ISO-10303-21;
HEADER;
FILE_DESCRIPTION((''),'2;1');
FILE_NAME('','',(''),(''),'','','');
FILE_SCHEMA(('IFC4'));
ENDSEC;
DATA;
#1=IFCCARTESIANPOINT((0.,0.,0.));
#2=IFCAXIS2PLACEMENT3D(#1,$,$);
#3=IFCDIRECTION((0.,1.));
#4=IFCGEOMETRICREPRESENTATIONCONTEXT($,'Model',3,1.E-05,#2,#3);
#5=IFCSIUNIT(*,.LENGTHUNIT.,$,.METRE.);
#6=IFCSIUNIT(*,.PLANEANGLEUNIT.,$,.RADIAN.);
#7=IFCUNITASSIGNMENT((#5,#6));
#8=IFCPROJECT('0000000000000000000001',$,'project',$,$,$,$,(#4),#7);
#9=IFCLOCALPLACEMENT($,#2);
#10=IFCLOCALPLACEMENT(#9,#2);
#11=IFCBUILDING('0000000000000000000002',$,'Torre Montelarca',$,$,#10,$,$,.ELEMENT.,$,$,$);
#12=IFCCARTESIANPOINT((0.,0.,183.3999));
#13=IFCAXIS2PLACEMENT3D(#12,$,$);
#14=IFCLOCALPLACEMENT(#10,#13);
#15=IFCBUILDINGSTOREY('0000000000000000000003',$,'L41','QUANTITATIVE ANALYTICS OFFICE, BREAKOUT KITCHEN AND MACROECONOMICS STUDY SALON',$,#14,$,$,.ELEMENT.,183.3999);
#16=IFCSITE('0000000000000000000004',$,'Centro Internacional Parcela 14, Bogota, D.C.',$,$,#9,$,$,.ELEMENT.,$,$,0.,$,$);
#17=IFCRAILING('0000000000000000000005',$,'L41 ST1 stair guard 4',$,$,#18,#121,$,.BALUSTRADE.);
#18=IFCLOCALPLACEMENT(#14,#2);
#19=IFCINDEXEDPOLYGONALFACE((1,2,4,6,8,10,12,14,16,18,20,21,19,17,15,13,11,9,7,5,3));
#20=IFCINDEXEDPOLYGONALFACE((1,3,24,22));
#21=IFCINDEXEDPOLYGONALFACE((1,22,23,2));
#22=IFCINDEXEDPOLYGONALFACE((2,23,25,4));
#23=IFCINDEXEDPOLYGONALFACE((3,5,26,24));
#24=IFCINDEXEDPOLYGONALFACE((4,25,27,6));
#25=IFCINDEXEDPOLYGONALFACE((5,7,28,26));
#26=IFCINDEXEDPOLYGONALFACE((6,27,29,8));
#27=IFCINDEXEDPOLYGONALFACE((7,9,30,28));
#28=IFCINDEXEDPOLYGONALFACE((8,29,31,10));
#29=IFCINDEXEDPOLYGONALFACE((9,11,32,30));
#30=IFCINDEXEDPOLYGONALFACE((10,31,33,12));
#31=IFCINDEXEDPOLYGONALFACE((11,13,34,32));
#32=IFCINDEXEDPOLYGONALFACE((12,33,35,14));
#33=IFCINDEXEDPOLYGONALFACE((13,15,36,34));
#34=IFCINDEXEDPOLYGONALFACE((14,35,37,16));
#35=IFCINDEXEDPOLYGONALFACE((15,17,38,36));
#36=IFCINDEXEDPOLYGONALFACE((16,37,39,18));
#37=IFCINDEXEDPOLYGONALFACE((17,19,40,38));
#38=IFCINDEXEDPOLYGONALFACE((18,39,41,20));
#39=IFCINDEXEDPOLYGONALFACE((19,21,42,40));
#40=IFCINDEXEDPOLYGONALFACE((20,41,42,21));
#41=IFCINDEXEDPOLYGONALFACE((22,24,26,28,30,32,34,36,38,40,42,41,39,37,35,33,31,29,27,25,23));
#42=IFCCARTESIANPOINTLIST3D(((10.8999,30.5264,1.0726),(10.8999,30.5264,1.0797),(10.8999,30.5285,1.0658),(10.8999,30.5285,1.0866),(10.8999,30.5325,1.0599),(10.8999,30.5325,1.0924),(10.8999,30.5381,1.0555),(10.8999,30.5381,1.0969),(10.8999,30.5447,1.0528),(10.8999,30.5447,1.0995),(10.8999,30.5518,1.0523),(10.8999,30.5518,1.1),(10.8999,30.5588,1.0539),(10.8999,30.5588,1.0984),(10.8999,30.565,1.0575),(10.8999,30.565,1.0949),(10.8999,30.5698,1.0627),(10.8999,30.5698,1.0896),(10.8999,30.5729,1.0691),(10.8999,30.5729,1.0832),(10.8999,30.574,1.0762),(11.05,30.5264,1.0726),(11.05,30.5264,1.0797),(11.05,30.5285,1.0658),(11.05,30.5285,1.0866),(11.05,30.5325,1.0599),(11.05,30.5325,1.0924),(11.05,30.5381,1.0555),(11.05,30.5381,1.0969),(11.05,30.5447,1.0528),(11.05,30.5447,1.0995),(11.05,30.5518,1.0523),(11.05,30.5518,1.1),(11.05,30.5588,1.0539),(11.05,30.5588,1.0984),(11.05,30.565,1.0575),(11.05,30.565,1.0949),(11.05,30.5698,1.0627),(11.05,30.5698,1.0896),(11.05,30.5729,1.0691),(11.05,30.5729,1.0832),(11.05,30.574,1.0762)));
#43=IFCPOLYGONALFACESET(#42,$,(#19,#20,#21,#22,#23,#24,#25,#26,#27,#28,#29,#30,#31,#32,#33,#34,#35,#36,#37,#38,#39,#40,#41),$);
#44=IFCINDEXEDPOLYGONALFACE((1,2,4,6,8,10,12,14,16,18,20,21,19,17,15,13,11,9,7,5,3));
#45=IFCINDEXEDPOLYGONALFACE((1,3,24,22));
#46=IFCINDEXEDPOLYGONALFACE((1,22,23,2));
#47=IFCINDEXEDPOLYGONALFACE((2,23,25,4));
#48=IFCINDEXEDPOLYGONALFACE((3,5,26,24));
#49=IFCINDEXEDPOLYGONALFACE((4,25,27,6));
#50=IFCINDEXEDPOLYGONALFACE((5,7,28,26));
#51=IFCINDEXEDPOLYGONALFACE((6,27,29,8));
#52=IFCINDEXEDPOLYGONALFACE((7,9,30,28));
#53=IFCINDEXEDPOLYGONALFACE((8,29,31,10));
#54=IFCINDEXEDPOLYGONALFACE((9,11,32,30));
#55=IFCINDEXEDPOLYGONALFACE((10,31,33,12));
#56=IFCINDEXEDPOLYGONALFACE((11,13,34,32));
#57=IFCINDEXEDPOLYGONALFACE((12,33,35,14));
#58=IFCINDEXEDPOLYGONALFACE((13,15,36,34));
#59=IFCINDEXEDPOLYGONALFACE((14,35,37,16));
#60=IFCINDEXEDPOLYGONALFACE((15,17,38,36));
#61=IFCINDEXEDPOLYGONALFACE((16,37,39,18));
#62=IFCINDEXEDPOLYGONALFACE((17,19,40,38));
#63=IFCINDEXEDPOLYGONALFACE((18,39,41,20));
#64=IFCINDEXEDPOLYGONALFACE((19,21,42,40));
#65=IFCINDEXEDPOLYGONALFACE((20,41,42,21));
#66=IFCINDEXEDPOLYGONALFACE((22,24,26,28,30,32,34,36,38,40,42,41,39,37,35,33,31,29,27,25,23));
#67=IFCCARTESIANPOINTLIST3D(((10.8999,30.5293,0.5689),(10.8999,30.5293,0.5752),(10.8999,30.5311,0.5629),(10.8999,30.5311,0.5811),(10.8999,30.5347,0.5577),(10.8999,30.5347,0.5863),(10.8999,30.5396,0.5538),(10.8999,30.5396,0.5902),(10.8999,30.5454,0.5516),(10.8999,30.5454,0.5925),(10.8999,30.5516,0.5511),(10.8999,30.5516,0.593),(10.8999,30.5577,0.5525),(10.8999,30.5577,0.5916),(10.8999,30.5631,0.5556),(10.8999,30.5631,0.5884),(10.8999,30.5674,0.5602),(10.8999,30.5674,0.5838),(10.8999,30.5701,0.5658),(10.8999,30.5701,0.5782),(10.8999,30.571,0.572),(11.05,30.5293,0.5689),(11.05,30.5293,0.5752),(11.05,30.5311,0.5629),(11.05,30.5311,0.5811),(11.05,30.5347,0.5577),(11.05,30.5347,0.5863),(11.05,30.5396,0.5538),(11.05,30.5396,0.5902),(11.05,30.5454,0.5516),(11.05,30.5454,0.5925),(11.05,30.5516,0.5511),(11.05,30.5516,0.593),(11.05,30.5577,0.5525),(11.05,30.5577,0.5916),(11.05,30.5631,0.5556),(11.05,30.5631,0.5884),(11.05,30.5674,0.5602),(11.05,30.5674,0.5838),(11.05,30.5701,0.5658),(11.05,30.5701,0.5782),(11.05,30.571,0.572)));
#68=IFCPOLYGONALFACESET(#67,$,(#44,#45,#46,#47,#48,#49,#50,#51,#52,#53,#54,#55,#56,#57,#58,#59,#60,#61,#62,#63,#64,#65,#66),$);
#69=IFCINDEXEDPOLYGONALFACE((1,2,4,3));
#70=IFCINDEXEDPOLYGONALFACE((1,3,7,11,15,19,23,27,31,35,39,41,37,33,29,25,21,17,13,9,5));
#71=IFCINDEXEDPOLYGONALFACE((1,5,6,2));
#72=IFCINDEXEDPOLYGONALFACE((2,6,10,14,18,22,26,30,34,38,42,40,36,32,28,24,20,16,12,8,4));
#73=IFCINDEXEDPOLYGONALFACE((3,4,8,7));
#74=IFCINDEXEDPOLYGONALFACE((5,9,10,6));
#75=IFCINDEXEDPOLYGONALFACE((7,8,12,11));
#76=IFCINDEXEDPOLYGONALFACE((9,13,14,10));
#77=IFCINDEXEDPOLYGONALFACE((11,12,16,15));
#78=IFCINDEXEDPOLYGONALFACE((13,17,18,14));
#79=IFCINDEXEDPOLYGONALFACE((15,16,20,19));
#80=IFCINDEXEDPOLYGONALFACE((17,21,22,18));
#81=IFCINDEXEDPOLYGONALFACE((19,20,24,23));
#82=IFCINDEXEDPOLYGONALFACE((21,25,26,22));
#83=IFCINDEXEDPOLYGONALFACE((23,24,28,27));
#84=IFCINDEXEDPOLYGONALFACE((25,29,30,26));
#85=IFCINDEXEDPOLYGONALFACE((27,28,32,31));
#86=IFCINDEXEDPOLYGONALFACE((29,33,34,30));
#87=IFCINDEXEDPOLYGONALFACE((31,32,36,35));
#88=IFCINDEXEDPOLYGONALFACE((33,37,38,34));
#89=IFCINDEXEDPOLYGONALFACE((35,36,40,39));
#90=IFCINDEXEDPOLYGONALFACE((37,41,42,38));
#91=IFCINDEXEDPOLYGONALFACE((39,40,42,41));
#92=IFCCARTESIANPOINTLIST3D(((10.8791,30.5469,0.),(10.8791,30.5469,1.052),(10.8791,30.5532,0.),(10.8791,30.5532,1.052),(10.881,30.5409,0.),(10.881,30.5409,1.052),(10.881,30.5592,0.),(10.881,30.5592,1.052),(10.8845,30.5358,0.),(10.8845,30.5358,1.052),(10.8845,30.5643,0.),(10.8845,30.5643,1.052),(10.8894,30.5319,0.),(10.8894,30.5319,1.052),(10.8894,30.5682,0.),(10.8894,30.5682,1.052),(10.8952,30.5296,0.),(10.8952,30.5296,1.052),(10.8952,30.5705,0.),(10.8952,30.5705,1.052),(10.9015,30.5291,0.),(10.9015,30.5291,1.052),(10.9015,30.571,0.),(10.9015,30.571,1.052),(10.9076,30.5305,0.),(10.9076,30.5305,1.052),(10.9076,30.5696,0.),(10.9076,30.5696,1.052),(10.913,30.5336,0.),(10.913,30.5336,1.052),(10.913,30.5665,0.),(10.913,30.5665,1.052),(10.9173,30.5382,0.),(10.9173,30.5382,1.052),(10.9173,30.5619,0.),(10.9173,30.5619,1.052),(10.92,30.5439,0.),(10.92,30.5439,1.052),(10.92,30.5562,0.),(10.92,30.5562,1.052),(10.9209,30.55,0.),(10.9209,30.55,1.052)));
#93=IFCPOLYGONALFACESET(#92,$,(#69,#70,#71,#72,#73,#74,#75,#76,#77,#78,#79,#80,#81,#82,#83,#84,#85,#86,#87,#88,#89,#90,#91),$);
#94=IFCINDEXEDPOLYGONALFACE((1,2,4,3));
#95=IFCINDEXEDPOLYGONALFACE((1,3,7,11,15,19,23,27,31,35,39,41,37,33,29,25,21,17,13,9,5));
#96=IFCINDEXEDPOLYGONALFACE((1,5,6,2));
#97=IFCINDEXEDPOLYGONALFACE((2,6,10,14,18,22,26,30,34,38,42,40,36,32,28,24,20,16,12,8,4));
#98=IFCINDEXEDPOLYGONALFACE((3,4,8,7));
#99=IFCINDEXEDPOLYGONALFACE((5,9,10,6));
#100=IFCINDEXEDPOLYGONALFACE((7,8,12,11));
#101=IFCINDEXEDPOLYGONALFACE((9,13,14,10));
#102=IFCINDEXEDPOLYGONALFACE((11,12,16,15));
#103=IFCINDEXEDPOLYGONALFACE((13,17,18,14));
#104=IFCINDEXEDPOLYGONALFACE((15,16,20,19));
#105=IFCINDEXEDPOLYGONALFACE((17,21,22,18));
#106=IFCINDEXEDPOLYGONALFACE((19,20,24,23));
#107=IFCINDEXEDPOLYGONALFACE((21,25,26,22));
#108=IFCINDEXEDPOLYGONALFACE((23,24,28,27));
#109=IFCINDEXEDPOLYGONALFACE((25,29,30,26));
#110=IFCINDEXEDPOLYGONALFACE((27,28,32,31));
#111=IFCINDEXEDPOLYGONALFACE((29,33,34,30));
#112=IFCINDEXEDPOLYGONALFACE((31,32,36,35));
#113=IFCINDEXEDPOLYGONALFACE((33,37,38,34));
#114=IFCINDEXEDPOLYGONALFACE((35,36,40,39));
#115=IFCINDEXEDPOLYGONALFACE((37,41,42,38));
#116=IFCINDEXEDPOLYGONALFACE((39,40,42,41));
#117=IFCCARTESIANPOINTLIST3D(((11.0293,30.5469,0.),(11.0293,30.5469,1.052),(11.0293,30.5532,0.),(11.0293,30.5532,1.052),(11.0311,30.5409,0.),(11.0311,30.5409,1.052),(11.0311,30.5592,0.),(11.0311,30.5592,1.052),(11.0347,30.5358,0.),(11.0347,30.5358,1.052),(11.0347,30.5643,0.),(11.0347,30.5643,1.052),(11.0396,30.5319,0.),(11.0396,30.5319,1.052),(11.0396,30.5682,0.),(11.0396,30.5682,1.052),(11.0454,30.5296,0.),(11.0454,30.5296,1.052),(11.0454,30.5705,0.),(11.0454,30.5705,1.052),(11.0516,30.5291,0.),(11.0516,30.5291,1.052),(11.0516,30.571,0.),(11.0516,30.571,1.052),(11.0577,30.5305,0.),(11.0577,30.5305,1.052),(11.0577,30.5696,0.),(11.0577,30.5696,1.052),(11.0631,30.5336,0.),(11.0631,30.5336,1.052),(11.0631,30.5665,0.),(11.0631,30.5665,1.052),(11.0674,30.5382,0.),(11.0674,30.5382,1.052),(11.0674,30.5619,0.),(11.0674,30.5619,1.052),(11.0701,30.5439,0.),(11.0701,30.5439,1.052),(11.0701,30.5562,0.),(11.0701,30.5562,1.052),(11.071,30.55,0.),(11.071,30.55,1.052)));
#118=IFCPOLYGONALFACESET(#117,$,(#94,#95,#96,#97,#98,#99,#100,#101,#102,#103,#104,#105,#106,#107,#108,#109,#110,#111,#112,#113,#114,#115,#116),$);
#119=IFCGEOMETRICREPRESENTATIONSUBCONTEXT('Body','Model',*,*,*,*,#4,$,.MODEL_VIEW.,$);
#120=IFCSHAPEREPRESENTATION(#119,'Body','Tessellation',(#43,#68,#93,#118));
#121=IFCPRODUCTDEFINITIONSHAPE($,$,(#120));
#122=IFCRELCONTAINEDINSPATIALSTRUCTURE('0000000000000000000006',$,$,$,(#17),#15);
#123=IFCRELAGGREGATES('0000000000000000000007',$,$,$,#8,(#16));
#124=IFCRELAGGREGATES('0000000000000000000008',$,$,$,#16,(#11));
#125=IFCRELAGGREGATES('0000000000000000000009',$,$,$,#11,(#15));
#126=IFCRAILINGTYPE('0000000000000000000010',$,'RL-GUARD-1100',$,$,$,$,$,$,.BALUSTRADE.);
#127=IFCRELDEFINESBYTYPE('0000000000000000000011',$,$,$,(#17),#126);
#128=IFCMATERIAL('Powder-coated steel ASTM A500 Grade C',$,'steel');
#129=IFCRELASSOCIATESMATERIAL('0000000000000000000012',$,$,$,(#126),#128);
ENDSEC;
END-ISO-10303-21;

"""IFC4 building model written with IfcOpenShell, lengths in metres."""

from ifc_helpers import new_model, si_unit, direction, frame, origin, origin_2d, place, context, subcontext, project, spatial, circle, extrude, material, type_object, element, save


model = new_model("IFC4")

# Units and contexts
model_context = context("Model", 3, precision=1e-05, world=origin(), true_north=direction((0.0, 1.0)))
body_context = subcontext(model_context, "Body", "Model", "MODEL_VIEW")
ifc_project = project(units=[si_unit("LENGTHUNIT", "METRE"), si_unit("PLANEANGLEUNIT", "RADIAN")], contexts=[model_context])

# Site, building, storey
site_placement = place(None, origin())
site = spatial("IfcSite", under=ifc_project, at=site_placement, Name="Centro Internacional Parcela 14, Bogota, D.C.", CompositionType="ELEMENT", RefElevation=0.0)
building_placement = place(site_placement, origin())
building = spatial("IfcBuilding", under=site, at=building_placement, Name="Torre Montelarca", CompositionType="ELEMENT")
storey_placement = place(building_placement, frame((0.0, 0.0, 183.3999)))
storey = spatial("IfcBuildingStorey", under=building, at=storey_placement, Name="L41", Description="QUANTITATIVE ANALYTICS OFFICE, BREAKOUT KITCHEN AND MACROECONOMICS STUDY SALON", CompositionType="ELEMENT", Elevation=183.3999)

# Railing
ifc_material_1 = material(Name="Powder-coated steel ASTM A500 Grade C", Category="steel")
railing_type_1 = type_object("IfcRailingType", Name="RL-GUARD-1100", PredefinedType="BALUSTRADE", material=ifc_material_1)
railing_1_placement = place(storey_placement, frame((10.8999, 30.55, 0.0)))
element("IfcRailing", 1, at=railing_1_placement, inside=storey, type_object=railing_type_1, Name="L41 ST1 stair guard 4", PredefinedType="BALUSTRADE", context=body_context, shape_type="SweptSolid", body=[
    extrude(circle(Radius=0.0239, at=origin_2d()), frame((0.0, 0.0, 1.0762), z_axis=(1.0, 0.0, 0.0), x_axis=(0.0, 1.0, 0.0)), (0.0, 0.0, 1.0), 0.1501),
    extrude(circle(Radius=0.021, at=origin_2d()), frame((0.0, 0.0, 0.572), z_axis=(1.0, 0.0, 0.0), x_axis=(0.0, 1.0, 0.0)), (0.0, 0.0, 1.0), 0.1501),
    extrude(circle(Radius=0.021, at=origin_2d()), origin(), (0.0, 0.0, 1.0), 1.052),
    extrude(circle(Radius=0.021, at=origin_2d()), frame((0.1501, 0.0, 0.0)), (0.0, 0.0, 1.0), 1.052),
])

save(model, "model.ifc")
